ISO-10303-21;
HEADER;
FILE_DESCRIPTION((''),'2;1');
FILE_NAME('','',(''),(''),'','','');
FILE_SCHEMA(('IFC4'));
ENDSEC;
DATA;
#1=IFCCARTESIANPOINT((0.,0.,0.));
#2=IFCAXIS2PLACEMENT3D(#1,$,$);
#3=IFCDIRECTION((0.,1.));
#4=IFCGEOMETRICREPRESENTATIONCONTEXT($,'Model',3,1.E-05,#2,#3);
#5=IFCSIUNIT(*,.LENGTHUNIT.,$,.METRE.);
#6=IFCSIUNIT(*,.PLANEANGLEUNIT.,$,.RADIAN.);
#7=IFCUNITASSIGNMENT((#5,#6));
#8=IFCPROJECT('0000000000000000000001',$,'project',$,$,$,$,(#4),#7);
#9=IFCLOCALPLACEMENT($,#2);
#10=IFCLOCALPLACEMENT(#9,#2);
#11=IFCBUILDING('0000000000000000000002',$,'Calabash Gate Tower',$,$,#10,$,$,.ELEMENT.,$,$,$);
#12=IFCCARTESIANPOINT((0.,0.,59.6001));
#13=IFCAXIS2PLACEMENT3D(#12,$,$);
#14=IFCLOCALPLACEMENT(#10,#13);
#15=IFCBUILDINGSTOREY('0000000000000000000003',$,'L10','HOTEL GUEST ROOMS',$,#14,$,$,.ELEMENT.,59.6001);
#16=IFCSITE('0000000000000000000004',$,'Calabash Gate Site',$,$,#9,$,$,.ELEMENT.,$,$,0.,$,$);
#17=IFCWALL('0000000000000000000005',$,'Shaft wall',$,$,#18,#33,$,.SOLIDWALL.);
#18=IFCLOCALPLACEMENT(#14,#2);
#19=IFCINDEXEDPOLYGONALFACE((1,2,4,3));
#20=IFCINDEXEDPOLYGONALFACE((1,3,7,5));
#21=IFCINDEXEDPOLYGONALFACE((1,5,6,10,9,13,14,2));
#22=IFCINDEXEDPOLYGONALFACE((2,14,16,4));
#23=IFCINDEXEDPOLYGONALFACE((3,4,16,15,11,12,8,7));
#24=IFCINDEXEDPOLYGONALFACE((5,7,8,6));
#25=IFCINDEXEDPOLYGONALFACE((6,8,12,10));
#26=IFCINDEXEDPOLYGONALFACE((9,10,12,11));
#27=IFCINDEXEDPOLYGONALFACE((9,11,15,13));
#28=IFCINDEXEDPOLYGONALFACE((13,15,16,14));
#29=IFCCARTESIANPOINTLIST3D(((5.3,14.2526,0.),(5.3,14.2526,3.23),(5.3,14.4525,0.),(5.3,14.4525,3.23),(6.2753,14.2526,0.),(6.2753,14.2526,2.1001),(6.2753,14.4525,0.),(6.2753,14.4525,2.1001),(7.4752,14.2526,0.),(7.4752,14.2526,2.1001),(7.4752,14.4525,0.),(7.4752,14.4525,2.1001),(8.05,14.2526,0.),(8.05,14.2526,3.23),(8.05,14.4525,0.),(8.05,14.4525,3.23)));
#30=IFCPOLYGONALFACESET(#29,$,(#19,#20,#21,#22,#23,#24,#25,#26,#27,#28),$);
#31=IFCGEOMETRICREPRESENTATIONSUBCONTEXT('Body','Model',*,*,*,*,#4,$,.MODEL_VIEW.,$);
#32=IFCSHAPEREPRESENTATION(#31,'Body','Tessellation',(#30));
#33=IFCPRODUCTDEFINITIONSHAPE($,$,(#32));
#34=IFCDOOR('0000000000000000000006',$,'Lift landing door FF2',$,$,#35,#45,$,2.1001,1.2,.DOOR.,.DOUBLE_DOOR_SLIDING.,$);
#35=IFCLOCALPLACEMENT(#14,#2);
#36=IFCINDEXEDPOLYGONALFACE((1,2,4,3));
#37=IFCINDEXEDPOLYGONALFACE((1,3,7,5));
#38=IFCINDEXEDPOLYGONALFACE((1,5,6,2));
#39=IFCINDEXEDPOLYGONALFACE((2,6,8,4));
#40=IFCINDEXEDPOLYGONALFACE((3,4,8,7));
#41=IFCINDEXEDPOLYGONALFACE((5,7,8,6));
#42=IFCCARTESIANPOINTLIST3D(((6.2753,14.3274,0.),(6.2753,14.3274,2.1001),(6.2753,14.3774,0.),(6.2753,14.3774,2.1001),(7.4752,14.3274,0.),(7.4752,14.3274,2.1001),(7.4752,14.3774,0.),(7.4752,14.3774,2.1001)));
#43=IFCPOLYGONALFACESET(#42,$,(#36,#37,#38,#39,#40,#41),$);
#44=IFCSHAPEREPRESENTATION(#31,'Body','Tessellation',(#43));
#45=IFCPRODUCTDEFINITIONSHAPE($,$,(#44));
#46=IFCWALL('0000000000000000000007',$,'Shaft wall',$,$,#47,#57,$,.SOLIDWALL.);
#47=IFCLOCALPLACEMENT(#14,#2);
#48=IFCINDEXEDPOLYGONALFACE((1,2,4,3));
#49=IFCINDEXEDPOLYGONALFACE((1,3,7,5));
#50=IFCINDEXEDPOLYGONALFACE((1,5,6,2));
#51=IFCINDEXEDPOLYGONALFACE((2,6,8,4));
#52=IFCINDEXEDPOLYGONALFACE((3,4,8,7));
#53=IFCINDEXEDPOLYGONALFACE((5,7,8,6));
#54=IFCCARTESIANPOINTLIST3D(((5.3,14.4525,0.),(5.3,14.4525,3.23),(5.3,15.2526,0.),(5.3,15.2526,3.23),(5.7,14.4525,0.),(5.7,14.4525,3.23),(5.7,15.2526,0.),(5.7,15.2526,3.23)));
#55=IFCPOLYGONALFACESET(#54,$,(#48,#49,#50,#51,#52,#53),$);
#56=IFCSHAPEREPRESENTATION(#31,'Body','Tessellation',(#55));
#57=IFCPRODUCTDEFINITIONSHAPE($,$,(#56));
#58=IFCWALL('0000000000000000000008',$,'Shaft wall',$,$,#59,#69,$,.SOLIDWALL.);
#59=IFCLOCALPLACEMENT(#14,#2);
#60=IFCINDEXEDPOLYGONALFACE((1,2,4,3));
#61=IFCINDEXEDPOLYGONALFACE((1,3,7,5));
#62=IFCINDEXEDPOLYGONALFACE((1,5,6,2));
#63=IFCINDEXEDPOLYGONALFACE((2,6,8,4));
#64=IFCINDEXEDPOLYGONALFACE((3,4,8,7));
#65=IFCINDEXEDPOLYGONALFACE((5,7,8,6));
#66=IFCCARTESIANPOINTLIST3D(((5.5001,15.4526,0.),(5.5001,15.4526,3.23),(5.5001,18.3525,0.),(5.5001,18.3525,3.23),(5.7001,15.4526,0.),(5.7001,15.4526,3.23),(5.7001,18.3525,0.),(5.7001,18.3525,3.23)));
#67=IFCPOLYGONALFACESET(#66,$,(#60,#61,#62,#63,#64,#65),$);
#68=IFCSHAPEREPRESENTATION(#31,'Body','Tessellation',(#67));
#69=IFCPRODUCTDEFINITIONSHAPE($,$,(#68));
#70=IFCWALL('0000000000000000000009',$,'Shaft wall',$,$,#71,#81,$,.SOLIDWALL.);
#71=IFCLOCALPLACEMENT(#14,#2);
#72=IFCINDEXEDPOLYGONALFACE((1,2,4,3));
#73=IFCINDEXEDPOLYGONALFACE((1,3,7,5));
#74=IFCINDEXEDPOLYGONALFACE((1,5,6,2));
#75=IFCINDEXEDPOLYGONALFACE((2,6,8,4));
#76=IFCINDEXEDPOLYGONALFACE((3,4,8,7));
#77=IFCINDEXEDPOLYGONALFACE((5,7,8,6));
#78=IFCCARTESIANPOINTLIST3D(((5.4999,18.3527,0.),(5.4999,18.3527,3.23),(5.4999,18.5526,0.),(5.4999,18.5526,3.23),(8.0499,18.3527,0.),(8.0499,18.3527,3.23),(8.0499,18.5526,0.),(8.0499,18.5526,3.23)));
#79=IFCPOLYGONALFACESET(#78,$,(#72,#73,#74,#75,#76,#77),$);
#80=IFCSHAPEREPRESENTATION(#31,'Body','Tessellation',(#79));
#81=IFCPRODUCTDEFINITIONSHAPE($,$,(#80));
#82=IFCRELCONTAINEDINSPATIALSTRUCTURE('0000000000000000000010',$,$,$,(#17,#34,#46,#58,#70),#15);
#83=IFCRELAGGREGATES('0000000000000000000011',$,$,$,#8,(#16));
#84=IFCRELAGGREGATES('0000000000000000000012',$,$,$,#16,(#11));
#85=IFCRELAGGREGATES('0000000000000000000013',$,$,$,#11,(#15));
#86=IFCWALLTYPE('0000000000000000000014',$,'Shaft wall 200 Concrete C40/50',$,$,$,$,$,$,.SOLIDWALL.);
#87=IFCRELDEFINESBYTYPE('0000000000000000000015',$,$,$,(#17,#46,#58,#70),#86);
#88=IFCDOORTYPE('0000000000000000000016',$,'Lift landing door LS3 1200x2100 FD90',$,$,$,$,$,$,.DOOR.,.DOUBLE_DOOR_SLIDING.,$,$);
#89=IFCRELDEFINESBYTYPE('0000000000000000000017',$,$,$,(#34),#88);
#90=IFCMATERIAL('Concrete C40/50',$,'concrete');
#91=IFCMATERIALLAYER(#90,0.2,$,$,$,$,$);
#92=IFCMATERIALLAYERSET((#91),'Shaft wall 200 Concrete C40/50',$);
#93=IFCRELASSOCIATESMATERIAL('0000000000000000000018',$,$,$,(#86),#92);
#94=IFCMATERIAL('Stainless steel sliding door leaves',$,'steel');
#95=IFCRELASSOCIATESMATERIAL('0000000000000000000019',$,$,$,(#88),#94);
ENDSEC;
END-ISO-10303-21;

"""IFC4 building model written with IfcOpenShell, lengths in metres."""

from ifc_helpers import new_model, si_unit, direction, frame, frame_2d, origin, place, context, subcontext, project, spatial, rectangle, extrude, material, layer, layer_set, type_object, element, fill, save


model = new_model("IFC4")

# Units and contexts
model_context = context("Model", 3, precision=1e-05, world=origin(), true_north=direction((0.0, 1.0)))
body_context = subcontext(model_context, "Body", "Model", "MODEL_VIEW")
ifc_project = project(units=[si_unit("LENGTHUNIT", "METRE"), si_unit("PLANEANGLEUNIT", "RADIAN")], contexts=[model_context])

# Site, building, storey
site_placement = place(None, origin())
site = spatial("IfcSite", under=ifc_project, at=site_placement, Name="Calabash Gate Site", CompositionType="ELEMENT", RefElevation=0.0)
building_placement = place(site_placement, origin())
building = spatial("IfcBuilding", under=site, at=building_placement, Name="Calabash Gate Tower", CompositionType="ELEMENT")
storey_placement = place(building_placement, frame((0.0, 0.0, 59.6001)))
storey = spatial("IfcBuildingStorey", under=building, at=storey_placement, Name="L10", Description="HOTEL GUEST ROOMS", CompositionType="ELEMENT", Elevation=59.6001)

# Shared definitions
ifc_material_1 = material(Name="Concrete C40/50", Category="concrete")
ifc_layer_1 = layer(ifc_material_1, 0.2)
ifc_layer_set_1 = layer_set([ifc_layer_1], Name="Shaft wall 200 Concrete C40/50")
wall_type_1 = type_object("IfcWallType", Name="Shaft wall 200 Concrete C40/50", PredefinedType="SOLIDWALL", material=ifc_layer_set_1)

# Wall, opening, door
wall_1_placement = place(storey_placement, frame((5.3, 14.3525, 0.0), z_axis=(0.0, 0.0, 1.0), x_axis=(1.0, 0.0, 0.0)))
wall_1 = element("IfcWall", 1, at=wall_1_placement, inside=storey, type_object=wall_type_1, Name="Shaft wall", PredefinedType="SOLIDWALL", context=body_context, shape_type="SweptSolid", body=[
    extrude(rectangle(XDim=2.75, YDim=0.2, at=frame_2d((1.375, 0.0))), origin(), (0.0, 0.0, 1.0), 3.23),
])
opening_1_placement = place(wall_1_placement, frame((0.9751, 0.0, 0.0)))
opening_1 = element("IfcOpeningElement", 2, at=opening_1_placement, cuts=wall_1, PredefinedType="OPENING", context=body_context, shape_type="SweptSolid", body=[
    extrude(rectangle(XDim=1.2, YDim=2.1001, at=frame_2d((0.6001, 1.05))), frame((0.0, 0.1099, 0.0), z_axis=(0.0, -1.0, 0.0), x_axis=(1.0, 0.0, 0.0)), (0.0, 0.0, 1.0), 0.22),
])
ifc_material_2 = material(Name="Stainless steel sliding door leaves", Category="steel")
door_type_1 = type_object("IfcDoorType", Name="Lift landing door LS3 1200x2100 FD90", OperationType="DOUBLE_DOOR_SLIDING", PredefinedType="DOOR", material=ifc_material_2)
door_1_placement = place(opening_1_placement, origin())
door_1 = element("IfcDoor", 3, at=door_1_placement, inside=storey, type_object=door_type_1, Name="Lift landing door FF2", OperationType="DOUBLE_DOOR_SLIDING", OverallHeight=2.1001, OverallWidth=1.2, PredefinedType="DOOR", context=body_context, shape_type="SweptSolid", body=[
    extrude(rectangle(XDim=1.2, YDim=2.1001, at=frame_2d((0.6001, 1.05))), frame((0.0, 0.0249, 0.0), z_axis=(0.0, -1.0, 0.0), x_axis=(1.0, 0.0, 0.0)), (0.0, 0.0, 1.0), 0.05),
])
fill(opening_1, door_1)

# Walls
wall_2_placement = place(storey_placement, frame((5.5, 14.4526, 0.0), z_axis=(0.0, 0.0, 1.0), x_axis=(0.0, 1.0, 0.0)))
element("IfcWall", 4, at=wall_2_placement, inside=storey, type_object=wall_type_1, Name="Shaft wall", PredefinedType="SOLIDWALL", context=body_context, shape_type="SweptSolid", body=[
    extrude(rectangle(XDim=0.8, YDim=0.3999, at=frame_2d((0.3999, 0.0))), origin(), (0.0, 0.0, 1.0), 3.23),
])
wall_3_placement = place(storey_placement, frame((5.6001, 15.4526, 0.0), z_axis=(0.0, 0.0, 1.0), x_axis=(0.0, 1.0, 0.0)))
element("IfcWall", 5, at=wall_3_placement, inside=storey, type_object=wall_type_1, Name="Shaft wall", PredefinedType="SOLIDWALL", context=body_context, shape_type="SweptSolid", body=[
    extrude(rectangle(XDim=2.8999, YDim=0.2, at=frame_2d((1.45, 0.0))), origin(), (0.0, 0.0, 1.0), 3.23),
])
wall_4_placement = place(storey_placement, frame((5.5, 18.4526, 0.0), z_axis=(0.0, 0.0, 1.0), x_axis=(1.0, 0.0, 0.0)))
element("IfcWall", 6, at=wall_4_placement, inside=storey, type_object=wall_type_1, Name="Shaft wall", PredefinedType="SOLIDWALL", context=body_context, shape_type="SweptSolid", body=[
    extrude(rectangle(XDim=2.55, YDim=0.2, at=frame_2d((1.2749, 0.0))), origin(), (0.0, 0.0, 1.0), 3.23),
])

save(model, "model.ifc")
